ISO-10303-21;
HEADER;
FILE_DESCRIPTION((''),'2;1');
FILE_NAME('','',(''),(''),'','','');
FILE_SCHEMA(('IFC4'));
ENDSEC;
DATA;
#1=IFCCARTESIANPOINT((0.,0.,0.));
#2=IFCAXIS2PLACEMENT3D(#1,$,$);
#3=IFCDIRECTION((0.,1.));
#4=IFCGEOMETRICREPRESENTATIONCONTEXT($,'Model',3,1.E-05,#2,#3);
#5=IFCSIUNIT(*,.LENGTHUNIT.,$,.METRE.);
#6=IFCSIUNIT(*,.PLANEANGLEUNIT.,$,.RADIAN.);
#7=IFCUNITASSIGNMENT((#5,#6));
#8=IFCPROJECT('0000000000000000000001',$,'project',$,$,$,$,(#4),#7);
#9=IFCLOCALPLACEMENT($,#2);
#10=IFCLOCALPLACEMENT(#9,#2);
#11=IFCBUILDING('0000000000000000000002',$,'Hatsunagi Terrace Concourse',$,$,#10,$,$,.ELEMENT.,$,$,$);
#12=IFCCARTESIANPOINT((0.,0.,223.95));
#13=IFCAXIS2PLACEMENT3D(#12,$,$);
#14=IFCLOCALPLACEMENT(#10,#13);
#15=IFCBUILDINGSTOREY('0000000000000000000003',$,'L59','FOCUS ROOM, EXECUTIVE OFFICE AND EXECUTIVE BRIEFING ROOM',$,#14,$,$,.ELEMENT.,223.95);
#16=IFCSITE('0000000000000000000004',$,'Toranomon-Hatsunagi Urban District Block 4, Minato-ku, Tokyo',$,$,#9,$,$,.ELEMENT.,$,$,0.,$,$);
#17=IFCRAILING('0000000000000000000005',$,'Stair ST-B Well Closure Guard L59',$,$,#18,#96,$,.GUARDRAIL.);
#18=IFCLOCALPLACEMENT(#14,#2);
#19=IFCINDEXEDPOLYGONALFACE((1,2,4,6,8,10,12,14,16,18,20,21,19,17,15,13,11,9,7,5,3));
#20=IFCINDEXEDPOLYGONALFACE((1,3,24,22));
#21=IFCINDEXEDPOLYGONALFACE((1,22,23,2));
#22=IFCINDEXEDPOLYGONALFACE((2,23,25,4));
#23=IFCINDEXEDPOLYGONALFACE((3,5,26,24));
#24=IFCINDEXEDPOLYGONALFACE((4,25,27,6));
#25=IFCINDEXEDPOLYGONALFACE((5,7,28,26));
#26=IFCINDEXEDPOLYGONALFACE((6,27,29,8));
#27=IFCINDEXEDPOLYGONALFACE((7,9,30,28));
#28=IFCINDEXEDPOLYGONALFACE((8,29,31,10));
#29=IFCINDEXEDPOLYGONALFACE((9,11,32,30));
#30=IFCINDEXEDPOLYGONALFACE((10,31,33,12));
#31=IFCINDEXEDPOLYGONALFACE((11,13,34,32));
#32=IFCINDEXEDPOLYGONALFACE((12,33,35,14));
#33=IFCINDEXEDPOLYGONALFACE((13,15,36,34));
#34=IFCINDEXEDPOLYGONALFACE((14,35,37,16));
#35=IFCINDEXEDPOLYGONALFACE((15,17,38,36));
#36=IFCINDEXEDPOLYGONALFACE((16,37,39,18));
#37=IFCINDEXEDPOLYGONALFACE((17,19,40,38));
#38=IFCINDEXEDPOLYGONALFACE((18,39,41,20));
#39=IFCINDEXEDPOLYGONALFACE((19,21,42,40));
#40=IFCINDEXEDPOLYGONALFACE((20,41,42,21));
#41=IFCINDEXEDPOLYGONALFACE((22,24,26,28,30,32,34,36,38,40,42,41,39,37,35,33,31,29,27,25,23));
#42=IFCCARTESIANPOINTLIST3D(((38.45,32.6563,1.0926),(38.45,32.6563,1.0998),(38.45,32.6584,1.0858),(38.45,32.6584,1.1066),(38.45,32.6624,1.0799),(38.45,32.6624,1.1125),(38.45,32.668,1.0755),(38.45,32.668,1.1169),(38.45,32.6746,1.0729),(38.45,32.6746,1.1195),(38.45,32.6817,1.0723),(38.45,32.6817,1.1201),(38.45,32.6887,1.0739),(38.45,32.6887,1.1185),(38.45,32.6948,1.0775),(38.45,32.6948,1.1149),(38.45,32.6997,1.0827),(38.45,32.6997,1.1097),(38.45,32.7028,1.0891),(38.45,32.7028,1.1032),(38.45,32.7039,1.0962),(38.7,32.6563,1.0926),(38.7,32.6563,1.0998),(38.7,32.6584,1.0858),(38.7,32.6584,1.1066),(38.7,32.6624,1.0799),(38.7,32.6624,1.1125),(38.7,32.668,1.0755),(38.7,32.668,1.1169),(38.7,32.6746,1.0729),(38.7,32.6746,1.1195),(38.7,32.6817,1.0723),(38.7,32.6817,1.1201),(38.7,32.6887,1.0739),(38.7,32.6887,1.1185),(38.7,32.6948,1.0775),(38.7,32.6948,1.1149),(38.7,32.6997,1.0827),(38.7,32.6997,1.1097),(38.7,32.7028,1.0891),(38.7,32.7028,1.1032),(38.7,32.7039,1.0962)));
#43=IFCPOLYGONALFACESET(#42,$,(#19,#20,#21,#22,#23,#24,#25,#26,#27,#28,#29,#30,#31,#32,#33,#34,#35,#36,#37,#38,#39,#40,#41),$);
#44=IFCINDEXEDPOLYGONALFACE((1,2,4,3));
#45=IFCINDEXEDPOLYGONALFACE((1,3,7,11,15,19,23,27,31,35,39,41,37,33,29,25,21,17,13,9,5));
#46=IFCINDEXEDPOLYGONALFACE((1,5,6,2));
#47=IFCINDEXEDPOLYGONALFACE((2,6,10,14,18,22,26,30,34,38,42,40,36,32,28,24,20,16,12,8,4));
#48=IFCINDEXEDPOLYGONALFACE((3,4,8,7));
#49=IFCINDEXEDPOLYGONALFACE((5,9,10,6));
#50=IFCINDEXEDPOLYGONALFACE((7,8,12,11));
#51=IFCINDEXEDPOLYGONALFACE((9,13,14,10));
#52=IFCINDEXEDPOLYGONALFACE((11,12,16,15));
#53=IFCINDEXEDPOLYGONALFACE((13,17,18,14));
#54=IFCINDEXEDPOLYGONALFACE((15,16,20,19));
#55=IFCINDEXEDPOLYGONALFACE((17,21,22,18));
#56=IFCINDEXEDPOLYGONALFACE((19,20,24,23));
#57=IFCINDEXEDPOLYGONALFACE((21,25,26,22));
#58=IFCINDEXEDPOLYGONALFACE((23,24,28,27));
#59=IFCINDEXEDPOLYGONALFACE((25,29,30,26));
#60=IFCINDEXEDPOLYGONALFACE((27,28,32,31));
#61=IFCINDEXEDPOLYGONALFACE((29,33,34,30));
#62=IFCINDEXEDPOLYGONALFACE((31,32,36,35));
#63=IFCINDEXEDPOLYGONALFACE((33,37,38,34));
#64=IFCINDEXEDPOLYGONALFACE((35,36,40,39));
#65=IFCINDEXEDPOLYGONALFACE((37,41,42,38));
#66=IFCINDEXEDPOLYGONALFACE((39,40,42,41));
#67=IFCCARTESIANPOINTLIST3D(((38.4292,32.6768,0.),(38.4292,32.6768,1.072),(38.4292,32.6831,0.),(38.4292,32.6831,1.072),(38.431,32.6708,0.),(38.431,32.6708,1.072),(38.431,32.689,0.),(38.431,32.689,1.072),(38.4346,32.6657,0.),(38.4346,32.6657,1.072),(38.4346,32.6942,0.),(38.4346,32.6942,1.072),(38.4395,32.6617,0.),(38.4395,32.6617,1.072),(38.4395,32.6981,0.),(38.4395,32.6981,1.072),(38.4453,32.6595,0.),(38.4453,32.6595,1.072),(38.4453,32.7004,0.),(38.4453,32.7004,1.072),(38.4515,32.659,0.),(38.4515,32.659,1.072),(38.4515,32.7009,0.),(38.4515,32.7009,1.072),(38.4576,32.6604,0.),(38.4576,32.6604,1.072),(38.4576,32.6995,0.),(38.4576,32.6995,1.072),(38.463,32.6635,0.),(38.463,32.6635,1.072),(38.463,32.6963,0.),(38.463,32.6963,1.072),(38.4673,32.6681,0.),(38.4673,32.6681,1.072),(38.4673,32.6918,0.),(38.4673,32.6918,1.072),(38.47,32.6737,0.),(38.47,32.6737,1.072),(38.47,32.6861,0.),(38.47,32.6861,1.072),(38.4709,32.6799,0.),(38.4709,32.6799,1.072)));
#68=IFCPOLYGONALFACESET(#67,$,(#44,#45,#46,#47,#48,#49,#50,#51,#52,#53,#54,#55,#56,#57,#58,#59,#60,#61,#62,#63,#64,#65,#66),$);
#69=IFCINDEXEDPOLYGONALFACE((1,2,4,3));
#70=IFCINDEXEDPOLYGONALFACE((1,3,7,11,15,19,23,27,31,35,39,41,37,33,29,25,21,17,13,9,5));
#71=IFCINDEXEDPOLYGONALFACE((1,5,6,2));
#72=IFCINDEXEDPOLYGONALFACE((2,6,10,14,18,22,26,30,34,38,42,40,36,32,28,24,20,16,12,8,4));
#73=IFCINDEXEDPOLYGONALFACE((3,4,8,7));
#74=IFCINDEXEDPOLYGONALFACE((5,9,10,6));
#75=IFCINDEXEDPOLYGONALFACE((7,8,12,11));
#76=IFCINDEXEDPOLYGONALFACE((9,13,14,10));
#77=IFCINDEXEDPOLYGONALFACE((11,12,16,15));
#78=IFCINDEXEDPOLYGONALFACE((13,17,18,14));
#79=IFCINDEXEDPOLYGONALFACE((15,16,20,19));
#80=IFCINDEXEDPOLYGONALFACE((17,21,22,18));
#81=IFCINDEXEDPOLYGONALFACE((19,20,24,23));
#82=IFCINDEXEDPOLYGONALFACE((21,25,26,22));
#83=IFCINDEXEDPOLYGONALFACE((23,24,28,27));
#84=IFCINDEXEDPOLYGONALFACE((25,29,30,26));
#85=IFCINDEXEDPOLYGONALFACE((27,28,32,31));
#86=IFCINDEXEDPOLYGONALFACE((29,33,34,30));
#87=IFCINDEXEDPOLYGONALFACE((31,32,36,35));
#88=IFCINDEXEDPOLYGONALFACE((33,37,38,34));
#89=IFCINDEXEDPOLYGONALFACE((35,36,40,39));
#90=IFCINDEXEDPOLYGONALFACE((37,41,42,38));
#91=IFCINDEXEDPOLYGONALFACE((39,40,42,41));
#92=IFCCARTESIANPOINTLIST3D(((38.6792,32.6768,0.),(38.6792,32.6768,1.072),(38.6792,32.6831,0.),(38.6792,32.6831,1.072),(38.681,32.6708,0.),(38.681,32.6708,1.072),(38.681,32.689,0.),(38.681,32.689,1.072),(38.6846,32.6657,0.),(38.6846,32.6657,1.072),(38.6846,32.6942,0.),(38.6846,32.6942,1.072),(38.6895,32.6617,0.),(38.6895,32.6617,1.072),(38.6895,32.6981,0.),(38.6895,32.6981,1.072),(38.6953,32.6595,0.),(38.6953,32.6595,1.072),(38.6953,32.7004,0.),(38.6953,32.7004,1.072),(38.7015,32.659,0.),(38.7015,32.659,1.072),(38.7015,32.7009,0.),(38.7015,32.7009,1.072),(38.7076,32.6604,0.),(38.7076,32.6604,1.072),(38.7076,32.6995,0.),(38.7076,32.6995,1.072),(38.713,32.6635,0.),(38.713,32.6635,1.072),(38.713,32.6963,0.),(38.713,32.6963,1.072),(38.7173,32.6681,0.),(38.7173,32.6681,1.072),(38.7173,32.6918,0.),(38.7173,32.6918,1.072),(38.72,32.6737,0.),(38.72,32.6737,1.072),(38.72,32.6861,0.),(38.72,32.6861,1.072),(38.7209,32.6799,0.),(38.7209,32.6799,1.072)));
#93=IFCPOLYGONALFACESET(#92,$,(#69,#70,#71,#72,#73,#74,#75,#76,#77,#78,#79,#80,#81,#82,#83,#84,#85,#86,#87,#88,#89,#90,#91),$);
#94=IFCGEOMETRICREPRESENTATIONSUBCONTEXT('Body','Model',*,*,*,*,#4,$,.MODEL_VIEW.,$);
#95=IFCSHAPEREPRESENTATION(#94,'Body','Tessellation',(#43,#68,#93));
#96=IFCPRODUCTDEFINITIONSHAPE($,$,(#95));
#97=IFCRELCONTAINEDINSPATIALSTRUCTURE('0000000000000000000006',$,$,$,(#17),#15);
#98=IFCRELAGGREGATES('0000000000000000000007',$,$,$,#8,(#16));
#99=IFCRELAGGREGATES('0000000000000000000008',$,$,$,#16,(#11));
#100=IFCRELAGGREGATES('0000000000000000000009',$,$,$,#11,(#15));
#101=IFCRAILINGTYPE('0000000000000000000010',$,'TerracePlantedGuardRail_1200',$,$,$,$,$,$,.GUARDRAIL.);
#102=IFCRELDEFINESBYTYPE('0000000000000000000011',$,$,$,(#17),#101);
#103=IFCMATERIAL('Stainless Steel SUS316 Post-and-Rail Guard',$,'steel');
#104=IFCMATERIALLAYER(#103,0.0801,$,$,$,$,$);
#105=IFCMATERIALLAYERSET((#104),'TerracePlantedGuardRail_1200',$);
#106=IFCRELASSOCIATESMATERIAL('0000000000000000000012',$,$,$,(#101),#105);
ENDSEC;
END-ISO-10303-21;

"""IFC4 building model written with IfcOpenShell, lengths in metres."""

from ifc_helpers import new_model, si_unit, direction, frame, origin, origin_2d, place, context, subcontext, project, spatial, circle, extrude, material, layer, layer_set, type_object, element, save


model = new_model("IFC4")

# Units and contexts
model_context = context("Model", 3, precision=1e-05, world=origin(), true_north=direction((0.0, 1.0)))
body_context = subcontext(model_context, "Body", "Model", "MODEL_VIEW")
ifc_project = project(units=[si_unit("LENGTHUNIT", "METRE"), si_unit("PLANEANGLEUNIT", "RADIAN")], contexts=[model_context])

# Site, building, storey
site_placement = place(None, origin())
site = spatial("IfcSite", under=ifc_project, at=site_placement, Name="Toranomon-Hatsunagi Urban District Block 4, Minato-ku, Tokyo", CompositionType="ELEMENT", RefElevation=0.0)
building_placement = place(site_placement, origin())
building = spatial("IfcBuilding", under=site, at=building_placement, Name="Hatsunagi Terrace Concourse", CompositionType="ELEMENT")
storey_placement = place(building_placement, frame((0.0, 0.0, 223.95)))
storey = spatial("IfcBuildingStorey", under=building, at=storey_placement, Name="L59", Description="FOCUS ROOM, EXECUTIVE OFFICE AND EXECUTIVE BRIEFING ROOM", CompositionType="ELEMENT", Elevation=223.95)

# Railing
ifc_material_1 = material(Name="Stainless Steel SUS316 Post-and-Rail Guard", Category="steel")
ifc_layer_1 = layer(ifc_material_1, 0.0801)
ifc_layer_set_1 = layer_set([ifc_layer_1], Name="TerracePlantedGuardRail_1200")
railing_type_1 = type_object("IfcRailingType", Name="TerracePlantedGuardRail_1200", PredefinedType="GUARDRAIL", material=ifc_layer_set_1)
railing_1_placement = place(storey_placement, frame((38.45, 32.6799, 0.0)))
element("IfcRailing", 1, at=railing_1_placement, inside=storey, type_object=railing_type_1, Name="Stair ST-B Well Closure Guard L59", PredefinedType="GUARDRAIL", context=body_context, shape_type="SweptSolid", body=[
    extrude(circle(Radius=0.0239, at=origin_2d()), frame((0.0, 0.0, 1.0962), z_axis=(1.0, 0.0, 0.0), x_axis=(0.0, 1.0, 0.0)), (0.0, 0.0, 1.0), 0.25),
    extrude(circle(Radius=0.021, at=origin_2d()), origin(), (0.0, 0.0, 1.0), 1.072),
    extrude(circle(Radius=0.021, at=origin_2d()), frame((0.25, 0.0, 0.0)), (0.0, 0.0, 1.0), 1.072),
])

save(model, "model.ifc")
